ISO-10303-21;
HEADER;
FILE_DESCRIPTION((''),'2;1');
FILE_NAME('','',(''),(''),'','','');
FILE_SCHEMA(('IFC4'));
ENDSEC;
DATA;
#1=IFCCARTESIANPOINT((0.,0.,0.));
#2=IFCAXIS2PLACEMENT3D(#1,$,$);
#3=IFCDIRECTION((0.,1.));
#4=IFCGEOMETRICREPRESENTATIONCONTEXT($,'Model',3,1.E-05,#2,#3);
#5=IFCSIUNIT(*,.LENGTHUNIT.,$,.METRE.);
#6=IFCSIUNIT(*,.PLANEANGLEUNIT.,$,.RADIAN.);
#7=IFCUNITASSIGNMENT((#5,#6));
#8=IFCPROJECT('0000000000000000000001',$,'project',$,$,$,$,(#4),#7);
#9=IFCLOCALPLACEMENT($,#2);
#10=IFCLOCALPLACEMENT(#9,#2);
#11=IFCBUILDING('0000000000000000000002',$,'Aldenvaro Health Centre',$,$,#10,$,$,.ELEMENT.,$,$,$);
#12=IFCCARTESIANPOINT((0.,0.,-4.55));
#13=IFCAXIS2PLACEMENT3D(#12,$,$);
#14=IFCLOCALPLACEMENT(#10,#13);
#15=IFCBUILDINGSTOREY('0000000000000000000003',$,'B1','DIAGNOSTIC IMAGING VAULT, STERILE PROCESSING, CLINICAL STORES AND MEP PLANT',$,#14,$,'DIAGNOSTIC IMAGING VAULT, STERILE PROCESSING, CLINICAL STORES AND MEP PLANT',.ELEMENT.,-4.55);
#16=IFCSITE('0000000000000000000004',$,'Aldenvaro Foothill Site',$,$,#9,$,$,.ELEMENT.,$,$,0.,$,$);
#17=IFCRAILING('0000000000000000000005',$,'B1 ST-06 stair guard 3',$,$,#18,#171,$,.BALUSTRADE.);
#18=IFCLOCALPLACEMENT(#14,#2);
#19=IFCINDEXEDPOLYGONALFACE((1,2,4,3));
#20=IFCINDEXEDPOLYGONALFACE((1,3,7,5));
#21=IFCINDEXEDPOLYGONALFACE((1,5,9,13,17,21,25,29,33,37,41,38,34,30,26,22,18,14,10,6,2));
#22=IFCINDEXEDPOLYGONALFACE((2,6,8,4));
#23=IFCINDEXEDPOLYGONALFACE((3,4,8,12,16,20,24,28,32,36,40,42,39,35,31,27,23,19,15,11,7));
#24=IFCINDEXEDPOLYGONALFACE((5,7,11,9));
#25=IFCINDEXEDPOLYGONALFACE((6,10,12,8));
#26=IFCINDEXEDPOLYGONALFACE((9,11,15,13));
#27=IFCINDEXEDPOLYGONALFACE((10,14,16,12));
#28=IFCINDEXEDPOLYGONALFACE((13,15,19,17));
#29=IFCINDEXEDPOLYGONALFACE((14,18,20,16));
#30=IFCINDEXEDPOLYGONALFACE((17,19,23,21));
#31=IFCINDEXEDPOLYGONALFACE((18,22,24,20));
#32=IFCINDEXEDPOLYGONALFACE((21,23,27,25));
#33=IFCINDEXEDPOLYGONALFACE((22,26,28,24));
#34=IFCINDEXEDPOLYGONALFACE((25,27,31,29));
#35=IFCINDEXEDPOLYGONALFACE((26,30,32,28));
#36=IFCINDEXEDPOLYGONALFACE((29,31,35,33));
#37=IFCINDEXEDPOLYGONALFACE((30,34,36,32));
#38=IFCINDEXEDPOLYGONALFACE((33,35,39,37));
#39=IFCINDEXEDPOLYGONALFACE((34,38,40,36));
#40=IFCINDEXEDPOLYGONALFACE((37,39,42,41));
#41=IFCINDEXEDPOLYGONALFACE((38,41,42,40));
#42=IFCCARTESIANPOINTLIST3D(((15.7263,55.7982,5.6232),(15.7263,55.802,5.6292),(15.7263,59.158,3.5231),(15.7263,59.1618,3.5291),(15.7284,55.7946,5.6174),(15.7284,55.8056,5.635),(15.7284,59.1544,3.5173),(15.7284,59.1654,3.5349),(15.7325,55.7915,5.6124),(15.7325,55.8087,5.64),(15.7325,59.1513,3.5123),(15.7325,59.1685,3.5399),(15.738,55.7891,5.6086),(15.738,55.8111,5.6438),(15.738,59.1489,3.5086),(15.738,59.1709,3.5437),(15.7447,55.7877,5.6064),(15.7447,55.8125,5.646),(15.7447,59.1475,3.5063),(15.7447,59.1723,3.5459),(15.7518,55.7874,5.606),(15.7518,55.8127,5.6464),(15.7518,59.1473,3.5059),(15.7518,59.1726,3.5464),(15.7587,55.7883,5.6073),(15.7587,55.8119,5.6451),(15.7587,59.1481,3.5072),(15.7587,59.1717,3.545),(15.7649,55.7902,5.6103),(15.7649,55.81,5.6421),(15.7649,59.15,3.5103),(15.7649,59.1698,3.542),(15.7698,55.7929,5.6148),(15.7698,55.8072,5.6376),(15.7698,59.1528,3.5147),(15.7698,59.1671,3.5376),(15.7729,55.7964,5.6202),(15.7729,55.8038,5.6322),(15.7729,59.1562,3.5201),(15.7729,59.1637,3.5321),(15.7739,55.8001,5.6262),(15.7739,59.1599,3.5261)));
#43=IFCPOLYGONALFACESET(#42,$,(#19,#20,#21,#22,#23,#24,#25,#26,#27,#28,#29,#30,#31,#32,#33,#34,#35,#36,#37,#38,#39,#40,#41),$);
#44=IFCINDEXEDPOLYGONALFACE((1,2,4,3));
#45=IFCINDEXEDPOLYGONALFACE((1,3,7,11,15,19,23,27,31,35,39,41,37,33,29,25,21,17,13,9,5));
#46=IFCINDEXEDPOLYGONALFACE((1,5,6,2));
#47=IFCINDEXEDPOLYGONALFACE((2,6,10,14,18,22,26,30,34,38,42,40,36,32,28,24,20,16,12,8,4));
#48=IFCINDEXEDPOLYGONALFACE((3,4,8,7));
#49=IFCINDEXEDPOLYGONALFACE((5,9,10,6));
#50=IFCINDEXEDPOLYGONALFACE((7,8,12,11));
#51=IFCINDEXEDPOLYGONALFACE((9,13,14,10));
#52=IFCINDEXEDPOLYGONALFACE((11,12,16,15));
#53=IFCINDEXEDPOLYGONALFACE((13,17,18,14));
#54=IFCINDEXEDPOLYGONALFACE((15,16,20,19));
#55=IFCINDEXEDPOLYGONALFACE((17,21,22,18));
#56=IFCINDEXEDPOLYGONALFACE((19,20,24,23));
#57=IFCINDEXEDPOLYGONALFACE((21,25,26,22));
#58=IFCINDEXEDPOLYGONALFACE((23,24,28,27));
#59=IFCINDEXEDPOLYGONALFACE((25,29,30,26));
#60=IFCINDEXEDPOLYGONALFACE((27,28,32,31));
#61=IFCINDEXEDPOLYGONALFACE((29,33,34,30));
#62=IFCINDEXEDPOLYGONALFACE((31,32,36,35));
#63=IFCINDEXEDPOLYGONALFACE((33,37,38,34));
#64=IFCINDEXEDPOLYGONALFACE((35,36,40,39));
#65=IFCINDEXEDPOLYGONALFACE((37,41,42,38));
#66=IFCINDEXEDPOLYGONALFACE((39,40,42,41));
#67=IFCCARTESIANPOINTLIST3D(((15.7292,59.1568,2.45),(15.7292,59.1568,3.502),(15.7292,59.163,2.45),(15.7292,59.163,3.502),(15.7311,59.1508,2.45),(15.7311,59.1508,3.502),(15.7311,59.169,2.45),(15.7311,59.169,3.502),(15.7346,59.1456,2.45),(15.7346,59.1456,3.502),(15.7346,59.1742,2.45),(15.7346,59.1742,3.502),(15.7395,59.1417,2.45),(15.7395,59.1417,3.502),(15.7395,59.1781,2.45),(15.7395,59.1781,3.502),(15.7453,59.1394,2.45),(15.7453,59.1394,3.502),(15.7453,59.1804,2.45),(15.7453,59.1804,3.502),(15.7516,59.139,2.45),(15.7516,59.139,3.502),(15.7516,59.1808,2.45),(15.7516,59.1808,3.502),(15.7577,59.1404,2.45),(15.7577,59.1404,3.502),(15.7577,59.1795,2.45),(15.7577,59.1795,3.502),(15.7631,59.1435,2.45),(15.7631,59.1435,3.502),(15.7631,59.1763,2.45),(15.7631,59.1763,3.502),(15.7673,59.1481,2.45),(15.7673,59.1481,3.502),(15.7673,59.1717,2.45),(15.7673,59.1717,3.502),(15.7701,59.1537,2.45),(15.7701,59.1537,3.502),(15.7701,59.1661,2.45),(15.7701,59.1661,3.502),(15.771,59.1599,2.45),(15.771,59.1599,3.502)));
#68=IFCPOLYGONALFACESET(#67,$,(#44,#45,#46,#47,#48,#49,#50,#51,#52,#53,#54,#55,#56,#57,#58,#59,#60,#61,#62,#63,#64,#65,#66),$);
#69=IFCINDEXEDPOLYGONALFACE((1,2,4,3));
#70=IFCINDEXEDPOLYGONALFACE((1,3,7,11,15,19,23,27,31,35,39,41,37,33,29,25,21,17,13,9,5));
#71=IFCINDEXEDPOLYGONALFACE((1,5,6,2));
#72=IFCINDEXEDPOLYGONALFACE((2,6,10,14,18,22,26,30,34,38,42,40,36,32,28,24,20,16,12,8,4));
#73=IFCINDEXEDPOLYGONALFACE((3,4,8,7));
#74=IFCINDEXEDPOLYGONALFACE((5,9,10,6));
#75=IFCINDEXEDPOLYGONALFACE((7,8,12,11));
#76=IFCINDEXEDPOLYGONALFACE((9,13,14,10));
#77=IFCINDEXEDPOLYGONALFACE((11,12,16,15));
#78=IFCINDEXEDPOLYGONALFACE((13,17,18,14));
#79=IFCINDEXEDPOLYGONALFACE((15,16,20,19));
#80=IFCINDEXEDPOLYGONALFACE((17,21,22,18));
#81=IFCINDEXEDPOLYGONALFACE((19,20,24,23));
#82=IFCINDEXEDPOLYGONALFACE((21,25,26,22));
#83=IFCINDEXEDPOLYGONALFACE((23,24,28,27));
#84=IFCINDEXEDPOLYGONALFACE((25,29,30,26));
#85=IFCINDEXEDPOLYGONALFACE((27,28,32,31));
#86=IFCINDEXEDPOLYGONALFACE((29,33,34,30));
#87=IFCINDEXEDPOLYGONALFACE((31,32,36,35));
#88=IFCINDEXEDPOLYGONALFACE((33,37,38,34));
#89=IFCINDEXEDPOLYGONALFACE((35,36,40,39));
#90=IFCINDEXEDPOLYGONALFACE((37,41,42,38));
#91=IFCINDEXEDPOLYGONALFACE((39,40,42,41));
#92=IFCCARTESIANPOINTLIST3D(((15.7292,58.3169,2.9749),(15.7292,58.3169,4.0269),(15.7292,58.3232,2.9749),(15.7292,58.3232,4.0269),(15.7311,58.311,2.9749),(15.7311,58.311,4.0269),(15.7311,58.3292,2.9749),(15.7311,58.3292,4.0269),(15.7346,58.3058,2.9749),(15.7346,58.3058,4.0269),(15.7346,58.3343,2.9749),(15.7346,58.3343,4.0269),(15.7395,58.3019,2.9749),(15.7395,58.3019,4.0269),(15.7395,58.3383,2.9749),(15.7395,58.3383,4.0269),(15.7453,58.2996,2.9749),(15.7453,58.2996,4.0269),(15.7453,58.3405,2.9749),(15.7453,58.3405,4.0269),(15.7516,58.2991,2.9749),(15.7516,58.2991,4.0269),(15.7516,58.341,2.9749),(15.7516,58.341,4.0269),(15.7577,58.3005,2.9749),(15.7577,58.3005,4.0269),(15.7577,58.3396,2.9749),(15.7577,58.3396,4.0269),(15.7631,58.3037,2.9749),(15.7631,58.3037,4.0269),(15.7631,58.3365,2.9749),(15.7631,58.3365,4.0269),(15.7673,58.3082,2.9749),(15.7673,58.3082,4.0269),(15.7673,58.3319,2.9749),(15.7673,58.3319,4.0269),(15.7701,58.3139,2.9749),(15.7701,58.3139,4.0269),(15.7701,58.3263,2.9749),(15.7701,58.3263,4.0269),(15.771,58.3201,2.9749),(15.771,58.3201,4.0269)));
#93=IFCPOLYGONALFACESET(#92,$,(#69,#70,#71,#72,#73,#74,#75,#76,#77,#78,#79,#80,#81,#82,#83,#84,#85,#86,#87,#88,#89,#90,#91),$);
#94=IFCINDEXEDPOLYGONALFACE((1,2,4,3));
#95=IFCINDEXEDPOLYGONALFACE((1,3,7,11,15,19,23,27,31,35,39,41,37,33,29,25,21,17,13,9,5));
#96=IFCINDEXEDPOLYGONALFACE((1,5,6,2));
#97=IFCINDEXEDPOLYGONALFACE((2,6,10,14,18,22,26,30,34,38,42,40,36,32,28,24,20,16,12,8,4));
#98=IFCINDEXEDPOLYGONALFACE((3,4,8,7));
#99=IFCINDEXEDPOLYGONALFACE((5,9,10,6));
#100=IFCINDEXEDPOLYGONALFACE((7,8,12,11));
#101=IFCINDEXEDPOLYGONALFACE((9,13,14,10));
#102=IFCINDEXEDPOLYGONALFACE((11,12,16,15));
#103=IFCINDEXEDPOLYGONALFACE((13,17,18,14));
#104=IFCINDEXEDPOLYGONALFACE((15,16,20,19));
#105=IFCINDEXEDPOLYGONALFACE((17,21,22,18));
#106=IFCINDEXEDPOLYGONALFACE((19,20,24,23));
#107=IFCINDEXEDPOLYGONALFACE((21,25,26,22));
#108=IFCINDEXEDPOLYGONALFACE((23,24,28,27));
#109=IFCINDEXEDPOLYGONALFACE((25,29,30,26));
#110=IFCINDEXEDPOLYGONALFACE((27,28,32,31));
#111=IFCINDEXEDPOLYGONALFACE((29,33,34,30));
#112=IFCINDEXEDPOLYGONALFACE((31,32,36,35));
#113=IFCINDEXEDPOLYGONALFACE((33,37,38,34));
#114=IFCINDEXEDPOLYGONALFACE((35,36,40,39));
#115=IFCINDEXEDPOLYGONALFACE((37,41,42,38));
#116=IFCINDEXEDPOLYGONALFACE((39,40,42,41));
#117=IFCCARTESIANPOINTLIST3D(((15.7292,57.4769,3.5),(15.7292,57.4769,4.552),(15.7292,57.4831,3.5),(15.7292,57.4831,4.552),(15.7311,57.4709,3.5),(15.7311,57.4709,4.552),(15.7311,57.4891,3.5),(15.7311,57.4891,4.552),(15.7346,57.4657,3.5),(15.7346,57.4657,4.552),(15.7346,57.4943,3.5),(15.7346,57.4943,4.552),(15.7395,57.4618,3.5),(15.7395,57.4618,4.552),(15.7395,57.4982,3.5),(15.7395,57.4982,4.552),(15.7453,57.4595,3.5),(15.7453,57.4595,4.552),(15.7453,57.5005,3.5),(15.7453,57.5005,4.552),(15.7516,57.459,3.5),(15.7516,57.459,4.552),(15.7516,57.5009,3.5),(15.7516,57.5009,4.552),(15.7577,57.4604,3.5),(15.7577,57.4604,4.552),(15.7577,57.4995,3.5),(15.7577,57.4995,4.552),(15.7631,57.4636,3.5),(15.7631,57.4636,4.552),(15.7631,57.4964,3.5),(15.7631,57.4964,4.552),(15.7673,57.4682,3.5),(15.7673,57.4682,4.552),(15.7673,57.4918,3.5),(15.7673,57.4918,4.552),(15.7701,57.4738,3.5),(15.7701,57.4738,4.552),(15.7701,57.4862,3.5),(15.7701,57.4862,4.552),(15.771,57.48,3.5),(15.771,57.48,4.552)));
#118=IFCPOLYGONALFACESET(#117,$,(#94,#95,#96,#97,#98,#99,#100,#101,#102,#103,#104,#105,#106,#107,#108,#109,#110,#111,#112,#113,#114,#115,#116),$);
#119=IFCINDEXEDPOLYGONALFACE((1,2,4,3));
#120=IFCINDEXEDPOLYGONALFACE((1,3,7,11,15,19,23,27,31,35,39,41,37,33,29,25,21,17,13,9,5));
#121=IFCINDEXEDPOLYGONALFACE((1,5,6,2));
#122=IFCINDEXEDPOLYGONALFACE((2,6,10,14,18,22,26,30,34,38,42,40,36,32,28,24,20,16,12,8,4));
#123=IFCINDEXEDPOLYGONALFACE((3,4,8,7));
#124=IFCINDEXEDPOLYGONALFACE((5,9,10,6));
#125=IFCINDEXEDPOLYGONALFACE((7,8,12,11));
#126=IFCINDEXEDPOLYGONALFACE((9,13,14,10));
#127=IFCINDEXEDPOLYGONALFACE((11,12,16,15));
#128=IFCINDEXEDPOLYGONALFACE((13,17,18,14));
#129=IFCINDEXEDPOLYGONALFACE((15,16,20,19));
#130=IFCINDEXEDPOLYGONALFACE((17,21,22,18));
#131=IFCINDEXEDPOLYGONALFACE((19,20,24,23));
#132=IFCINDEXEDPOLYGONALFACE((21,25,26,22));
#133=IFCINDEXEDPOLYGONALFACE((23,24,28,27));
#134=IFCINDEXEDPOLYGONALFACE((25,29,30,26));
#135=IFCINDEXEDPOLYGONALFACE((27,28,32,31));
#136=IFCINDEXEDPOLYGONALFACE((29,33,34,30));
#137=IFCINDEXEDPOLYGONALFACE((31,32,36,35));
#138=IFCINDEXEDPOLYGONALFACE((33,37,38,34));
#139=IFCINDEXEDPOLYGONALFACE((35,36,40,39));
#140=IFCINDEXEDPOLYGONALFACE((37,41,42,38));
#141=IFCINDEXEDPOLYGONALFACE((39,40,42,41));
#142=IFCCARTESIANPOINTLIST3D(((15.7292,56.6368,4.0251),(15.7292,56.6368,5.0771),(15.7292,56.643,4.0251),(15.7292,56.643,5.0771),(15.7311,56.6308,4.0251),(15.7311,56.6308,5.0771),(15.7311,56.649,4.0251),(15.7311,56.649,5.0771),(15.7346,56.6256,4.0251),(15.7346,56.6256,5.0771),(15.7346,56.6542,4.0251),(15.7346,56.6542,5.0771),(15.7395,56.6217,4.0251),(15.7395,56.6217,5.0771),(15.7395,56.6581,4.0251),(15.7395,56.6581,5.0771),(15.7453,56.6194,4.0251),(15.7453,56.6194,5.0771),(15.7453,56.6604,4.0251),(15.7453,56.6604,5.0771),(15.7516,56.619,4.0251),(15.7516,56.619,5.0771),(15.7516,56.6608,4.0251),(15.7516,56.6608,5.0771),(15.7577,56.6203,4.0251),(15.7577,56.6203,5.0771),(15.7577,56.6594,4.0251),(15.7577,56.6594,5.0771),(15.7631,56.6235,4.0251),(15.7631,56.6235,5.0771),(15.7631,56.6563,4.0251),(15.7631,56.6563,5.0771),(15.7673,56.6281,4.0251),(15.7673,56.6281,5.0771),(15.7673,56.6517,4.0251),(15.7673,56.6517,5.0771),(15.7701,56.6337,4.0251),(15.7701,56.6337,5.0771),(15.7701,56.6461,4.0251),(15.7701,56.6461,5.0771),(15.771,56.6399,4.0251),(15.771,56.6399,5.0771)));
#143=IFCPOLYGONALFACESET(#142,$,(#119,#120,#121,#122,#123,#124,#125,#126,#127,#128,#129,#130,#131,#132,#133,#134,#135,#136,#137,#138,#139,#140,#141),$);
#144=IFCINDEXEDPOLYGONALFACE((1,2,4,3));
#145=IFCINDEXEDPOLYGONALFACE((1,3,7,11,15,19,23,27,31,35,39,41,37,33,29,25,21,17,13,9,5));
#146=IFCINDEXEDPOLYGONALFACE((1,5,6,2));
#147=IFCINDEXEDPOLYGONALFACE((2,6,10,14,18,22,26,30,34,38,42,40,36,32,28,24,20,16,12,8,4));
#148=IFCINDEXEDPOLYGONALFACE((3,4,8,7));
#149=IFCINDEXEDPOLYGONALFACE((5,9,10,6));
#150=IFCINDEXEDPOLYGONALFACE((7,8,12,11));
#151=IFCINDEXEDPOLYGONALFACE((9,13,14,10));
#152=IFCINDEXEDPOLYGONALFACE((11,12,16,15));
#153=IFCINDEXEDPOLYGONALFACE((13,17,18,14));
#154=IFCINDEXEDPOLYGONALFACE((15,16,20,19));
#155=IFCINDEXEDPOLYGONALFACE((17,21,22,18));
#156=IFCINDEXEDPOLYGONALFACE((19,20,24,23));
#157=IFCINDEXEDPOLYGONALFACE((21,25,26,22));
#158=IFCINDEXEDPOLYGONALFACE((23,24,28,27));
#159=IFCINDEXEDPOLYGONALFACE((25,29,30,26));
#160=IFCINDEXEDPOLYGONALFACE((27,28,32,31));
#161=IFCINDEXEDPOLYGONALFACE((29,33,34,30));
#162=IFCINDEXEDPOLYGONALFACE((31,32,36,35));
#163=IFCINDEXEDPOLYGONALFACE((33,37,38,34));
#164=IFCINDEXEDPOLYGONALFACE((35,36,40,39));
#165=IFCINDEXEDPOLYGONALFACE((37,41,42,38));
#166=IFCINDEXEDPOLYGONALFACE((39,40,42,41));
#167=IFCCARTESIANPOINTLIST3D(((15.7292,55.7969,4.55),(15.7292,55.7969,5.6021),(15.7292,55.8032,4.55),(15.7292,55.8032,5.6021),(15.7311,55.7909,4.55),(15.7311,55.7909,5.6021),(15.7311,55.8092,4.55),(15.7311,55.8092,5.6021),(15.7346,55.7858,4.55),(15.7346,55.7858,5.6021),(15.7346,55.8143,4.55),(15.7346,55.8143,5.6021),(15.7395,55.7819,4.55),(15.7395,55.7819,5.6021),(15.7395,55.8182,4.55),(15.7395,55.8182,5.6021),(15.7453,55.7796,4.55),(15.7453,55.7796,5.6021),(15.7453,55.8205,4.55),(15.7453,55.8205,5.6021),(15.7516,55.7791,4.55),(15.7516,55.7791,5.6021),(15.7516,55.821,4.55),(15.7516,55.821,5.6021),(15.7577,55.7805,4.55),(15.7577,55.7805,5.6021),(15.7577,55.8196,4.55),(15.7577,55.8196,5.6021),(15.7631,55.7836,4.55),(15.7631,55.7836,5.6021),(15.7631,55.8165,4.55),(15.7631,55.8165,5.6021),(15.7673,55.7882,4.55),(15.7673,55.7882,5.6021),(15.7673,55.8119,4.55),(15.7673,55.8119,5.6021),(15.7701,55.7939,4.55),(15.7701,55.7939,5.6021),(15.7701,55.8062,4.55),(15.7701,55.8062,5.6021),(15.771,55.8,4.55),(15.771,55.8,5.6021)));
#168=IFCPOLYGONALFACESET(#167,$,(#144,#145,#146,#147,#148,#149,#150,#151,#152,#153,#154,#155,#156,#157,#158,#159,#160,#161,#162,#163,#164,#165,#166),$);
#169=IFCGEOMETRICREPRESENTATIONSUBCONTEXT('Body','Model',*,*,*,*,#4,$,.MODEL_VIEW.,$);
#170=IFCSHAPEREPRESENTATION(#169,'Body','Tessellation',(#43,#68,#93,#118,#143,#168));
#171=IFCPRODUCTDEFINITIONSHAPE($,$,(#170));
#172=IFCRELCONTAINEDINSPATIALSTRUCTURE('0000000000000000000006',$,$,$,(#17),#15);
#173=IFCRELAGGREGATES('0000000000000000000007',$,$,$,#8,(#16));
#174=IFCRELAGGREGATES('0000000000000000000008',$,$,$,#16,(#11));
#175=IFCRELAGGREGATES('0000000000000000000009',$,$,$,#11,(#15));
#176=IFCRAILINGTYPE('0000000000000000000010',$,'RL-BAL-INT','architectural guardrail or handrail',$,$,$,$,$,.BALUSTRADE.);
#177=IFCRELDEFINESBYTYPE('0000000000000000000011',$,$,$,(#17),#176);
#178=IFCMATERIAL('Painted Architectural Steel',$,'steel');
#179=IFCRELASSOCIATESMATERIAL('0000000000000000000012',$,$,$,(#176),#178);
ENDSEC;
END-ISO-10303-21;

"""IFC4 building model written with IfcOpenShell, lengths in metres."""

from ifc_helpers import new_model, si_unit, direction, frame, origin, origin_2d, place, context, subcontext, project, spatial, circle, extrude, material, type_object, element, save


model = new_model("IFC4")

# Units and contexts
model_context = context("Model", 3, precision=1e-05, world=origin(), true_north=direction((0.0, 1.0)))
body_context = subcontext(model_context, "Body", "Model", "MODEL_VIEW")
ifc_project = project(units=[si_unit("LENGTHUNIT", "METRE"), si_unit("PLANEANGLEUNIT", "RADIAN")], contexts=[model_context])

# Site, building, storey
site_placement = place(None, origin())
site = spatial("IfcSite", under=ifc_project, at=site_placement, Name="Aldenvaro Foothill Site", CompositionType="ELEMENT", RefElevation=0.0)
building_placement = place(site_placement, origin())
building = spatial("IfcBuilding", under=site, at=building_placement, Name="Aldenvaro Health Centre", CompositionType="ELEMENT")
storey_placement = place(building_placement, frame((0.0, 0.0, -4.55)))
storey = spatial("IfcBuildingStorey", under=building, at=storey_placement, Name="B1", Description="DIAGNOSTIC IMAGING VAULT, STERILE PROCESSING, CLINICAL STORES AND MEP PLANT", LongName="DIAGNOSTIC IMAGING VAULT, STERILE PROCESSING, CLINICAL STORES AND MEP PLANT", CompositionType="ELEMENT", Elevation=-4.55)

# Railing
ifc_material_1 = material(Name="Painted Architectural Steel", Category="steel")
railing_type_1 = type_object("IfcRailingType", Name="RL-BAL-INT", Description="architectural guardrail or handrail", PredefinedType="BALUSTRADE", material=ifc_material_1)
railing_1_placement = place(storey_placement, frame((15.75, 59.1599, 2.45)))
element("IfcRailing", 1, at=railing_1_placement, inside=storey, type_object=railing_type_1, Name="B1 ST-06 stair guard 3", PredefinedType="BALUSTRADE", context=body_context, shape_type="SweptSolid", body=[
    extrude(circle(Radius=0.0239, at=origin_2d()), frame((0.0, 0.0, 1.0762), z_axis=(0.0, -0.847978, 0.530032), x_axis=(1.0, 0.0, 0.0)), (0.0, 0.0, 1.0), 3.9622),
    extrude(circle(Radius=0.021, at=origin_2d()), origin(), (0.0, 0.0, 1.0), 1.052),
    extrude(circle(Radius=0.021, at=origin_2d()), frame((0.0, -0.8398, 0.5249)), (0.0, 0.0, 1.0), 1.052),
    extrude(circle(Radius=0.021, at=origin_2d()), frame((0.0, -1.6799, 1.05)), (0.0, 0.0, 1.0), 1.052),
    extrude(circle(Radius=0.021, at=origin_2d()), frame((0.0, -2.52, 1.5752)), (0.0, 0.0, 1.0), 1.052),
    extrude(circle(Radius=0.021, at=origin_2d()), frame((0.0, -3.3599, 2.1001)), (0.0, 0.0, 1.0), 1.052),
])

save(model, "model.ifc")
